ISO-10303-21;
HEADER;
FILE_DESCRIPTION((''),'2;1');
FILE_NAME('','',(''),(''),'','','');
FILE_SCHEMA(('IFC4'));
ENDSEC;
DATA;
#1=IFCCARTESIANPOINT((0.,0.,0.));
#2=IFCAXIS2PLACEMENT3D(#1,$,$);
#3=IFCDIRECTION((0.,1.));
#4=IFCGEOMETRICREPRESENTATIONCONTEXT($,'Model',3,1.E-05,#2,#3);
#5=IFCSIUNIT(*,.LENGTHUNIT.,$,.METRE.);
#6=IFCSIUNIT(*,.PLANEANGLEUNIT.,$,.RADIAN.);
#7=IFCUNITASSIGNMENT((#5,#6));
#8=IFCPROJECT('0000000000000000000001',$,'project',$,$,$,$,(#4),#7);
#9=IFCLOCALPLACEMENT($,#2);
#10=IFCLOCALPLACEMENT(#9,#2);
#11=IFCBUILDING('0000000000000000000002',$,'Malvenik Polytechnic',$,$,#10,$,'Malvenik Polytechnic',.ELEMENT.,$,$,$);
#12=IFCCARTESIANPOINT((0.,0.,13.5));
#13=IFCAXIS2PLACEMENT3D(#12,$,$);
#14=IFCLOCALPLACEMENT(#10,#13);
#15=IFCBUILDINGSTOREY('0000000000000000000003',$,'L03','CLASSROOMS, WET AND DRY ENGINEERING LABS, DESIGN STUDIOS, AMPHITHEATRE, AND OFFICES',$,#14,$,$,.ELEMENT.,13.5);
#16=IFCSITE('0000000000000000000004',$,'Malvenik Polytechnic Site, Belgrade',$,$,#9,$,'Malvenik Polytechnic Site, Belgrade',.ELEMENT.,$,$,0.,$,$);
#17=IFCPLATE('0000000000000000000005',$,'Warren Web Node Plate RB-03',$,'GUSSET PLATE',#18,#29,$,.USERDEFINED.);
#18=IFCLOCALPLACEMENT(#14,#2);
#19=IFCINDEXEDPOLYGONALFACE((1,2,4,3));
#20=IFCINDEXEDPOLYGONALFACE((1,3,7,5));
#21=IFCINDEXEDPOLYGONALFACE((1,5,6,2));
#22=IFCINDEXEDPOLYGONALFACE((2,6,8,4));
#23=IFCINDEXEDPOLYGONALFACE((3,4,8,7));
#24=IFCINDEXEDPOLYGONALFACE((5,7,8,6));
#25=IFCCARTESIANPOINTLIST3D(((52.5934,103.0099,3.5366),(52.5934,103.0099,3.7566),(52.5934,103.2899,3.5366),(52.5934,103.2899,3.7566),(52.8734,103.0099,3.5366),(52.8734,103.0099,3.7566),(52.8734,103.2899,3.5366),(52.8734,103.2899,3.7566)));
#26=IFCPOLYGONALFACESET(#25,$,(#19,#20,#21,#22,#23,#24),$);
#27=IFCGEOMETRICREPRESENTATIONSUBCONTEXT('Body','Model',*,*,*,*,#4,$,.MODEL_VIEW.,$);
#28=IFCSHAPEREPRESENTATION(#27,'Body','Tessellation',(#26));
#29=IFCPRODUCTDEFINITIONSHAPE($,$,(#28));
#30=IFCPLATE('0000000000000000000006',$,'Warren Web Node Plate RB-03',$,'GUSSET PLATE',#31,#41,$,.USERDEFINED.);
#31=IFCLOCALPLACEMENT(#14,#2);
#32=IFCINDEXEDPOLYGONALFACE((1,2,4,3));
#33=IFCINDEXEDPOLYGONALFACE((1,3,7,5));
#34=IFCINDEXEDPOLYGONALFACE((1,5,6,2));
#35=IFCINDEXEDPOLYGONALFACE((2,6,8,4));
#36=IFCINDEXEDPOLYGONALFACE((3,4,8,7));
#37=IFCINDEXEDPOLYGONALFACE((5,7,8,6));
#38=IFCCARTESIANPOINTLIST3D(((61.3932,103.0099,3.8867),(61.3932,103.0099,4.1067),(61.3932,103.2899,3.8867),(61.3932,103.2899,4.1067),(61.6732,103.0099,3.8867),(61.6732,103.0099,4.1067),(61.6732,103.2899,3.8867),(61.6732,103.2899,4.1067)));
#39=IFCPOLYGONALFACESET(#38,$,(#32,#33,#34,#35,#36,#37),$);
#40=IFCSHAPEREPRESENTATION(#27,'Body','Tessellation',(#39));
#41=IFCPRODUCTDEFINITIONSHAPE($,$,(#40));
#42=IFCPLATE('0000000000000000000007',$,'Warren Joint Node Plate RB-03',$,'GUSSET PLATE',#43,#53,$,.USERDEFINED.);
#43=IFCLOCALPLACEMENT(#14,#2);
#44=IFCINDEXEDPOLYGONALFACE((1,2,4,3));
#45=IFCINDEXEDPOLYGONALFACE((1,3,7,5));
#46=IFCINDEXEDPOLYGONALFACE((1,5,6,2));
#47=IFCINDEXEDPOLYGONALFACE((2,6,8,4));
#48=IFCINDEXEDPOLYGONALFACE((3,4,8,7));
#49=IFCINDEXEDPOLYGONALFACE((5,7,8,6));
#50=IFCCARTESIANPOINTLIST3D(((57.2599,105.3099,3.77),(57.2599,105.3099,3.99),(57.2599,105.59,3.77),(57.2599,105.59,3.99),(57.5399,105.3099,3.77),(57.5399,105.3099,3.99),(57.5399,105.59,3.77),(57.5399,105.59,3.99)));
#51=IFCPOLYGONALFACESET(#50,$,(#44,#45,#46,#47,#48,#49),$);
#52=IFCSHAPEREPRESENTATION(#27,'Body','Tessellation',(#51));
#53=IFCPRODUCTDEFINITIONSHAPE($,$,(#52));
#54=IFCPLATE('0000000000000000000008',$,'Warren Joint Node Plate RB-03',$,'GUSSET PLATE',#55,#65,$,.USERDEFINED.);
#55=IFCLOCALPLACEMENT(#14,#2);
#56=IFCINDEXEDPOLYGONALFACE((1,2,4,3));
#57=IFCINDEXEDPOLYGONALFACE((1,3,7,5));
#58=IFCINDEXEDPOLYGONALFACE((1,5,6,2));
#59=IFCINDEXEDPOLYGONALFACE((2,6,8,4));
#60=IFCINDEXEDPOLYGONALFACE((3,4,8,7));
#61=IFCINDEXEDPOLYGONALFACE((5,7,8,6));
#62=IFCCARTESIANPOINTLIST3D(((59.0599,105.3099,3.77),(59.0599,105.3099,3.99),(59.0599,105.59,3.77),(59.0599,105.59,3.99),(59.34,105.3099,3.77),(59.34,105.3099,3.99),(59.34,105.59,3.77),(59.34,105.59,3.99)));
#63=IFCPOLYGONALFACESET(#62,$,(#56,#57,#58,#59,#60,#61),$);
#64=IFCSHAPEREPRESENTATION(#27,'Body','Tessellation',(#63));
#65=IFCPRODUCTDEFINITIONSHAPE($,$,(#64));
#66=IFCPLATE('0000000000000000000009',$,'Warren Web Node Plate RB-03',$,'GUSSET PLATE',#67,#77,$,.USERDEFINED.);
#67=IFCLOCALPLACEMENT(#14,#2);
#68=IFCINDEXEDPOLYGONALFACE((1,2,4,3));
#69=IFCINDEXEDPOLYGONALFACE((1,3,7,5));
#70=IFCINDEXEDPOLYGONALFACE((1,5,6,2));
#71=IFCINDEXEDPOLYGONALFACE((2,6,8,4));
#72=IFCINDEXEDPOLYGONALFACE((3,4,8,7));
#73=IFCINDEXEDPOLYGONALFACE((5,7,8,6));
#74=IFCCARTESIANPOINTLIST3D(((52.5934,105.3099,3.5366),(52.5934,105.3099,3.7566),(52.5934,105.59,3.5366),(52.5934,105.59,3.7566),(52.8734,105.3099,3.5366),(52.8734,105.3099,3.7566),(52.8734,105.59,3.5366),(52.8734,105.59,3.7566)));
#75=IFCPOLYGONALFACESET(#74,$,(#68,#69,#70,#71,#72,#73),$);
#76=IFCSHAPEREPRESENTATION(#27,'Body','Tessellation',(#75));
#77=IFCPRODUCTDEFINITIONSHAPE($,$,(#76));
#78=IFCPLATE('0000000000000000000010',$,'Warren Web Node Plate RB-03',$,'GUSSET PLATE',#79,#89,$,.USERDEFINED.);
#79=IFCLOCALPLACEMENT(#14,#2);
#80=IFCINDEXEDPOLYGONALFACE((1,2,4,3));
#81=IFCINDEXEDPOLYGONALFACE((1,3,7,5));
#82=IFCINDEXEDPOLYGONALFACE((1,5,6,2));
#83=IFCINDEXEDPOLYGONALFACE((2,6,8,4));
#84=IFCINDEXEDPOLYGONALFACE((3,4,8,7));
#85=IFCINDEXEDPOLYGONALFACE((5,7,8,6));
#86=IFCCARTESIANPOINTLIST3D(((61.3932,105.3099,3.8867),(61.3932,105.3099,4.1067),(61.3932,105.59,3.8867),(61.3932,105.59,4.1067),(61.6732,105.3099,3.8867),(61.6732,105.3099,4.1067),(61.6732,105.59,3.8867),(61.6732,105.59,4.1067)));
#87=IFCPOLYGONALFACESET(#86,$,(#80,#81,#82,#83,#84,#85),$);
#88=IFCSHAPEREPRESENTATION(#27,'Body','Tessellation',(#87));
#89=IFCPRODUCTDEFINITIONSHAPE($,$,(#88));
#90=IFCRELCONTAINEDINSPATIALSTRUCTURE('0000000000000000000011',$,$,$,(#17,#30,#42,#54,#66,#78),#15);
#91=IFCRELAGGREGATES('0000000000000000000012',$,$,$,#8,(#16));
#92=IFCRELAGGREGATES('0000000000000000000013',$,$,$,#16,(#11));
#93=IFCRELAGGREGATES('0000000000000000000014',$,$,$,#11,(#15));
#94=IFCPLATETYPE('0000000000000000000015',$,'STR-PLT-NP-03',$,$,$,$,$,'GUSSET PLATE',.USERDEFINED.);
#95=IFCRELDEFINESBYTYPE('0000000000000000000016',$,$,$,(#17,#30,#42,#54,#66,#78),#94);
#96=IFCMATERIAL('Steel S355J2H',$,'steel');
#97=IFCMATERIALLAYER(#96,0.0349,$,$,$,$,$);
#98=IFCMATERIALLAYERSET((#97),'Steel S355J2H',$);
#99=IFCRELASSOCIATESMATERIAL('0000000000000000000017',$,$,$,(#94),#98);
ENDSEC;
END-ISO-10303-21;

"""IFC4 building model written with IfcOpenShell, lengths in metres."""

from ifc_helpers import new_model, si_unit, direction, frame, origin, origin_2d, place, context, subcontext, project, spatial, rectangle, extrude, material, layer, layer_set, type_object, element, save


model = new_model("IFC4")

# Units and contexts
model_context = context("Model", 3, precision=1e-05, world=origin(), true_north=direction((0.0, 1.0)))
body_context = subcontext(model_context, "Body", "Model", "MODEL_VIEW")
ifc_project = project(units=[si_unit("LENGTHUNIT", "METRE"), si_unit("PLANEANGLEUNIT", "RADIAN")], contexts=[model_context])

# Site, building, storey
site_placement = place(None, origin())
site = spatial("IfcSite", under=ifc_project, at=site_placement, Name="Malvenik Polytechnic Site, Belgrade", LongName="Malvenik Polytechnic Site, Belgrade", CompositionType="ELEMENT", RefElevation=0.0)
building_placement = place(site_placement, origin())
building = spatial("IfcBuilding", under=site, at=building_placement, Name="Malvenik Polytechnic", LongName="Malvenik Polytechnic", CompositionType="ELEMENT")
storey_placement = place(building_placement, frame((0.0, 0.0, 13.5)))
storey = spatial("IfcBuildingStorey", under=building, at=storey_placement, Name="L03", Description="CLASSROOMS, WET AND DRY ENGINEERING LABS, DESIGN STUDIOS, AMPHITHEATRE, AND OFFICES", CompositionType="ELEMENT", Elevation=13.5)

# Shared definitions
ifc_material_1 = material(Name="Steel S355J2H", Category="steel")

# Plates
ifc_layer = layer(ifc_material_1, 0.0349)
ifc_layer_set = layer_set([ifc_layer], Name="Steel S355J2H")
plate_type = type_object("IfcPlateType", Name="STR-PLT-NP-03", ElementType="GUSSET PLATE", PredefinedType="USERDEFINED", material=ifc_layer_set)
for number, where, z_axis, x_axis, name in (
    (1, (52.7334, 103.1499, 3.5366), (0.0, 0.0, 1.0), (1.0, 0.0, 0.0), "Warren Web Node Plate RB-03"),
    (2, (61.5332, 103.1499, 3.8867), (0.0, 0.0, 1.0), (1.0, 0.0, 0.0), "Warren Web Node Plate RB-03"),
    (3, (57.3999, 105.45, 3.77), (0.0, 0.0, 1.0), (1.0, 0.0, 0.0), "Warren Joint Node Plate RB-03"),
    (4, (59.2, 105.45, 3.77), (0.0, 0.0, 1.0), (1.0, 0.0, 0.0), "Warren Joint Node Plate RB-03"),
    (5, (52.7334, 105.45, 3.5366), (0.0, 0.0, 1.0), (1.0, 0.0, 0.0), "Warren Web Node Plate RB-03"),
    (6, (61.5332, 105.45, 3.8867), (0.0, 0.0, 1.0), (1.0, 0.0, 0.0), "Warren Web Node Plate RB-03"),
):
    element("IfcPlate", number, at=place(storey_placement, frame(where, z_axis=z_axis, x_axis=x_axis)), inside=storey, type_object=plate_type, Name=name, ObjectType="GUSSET PLATE", PredefinedType="USERDEFINED", context=body_context, shape_type="SweptSolid", body=[
        extrude(rectangle(XDim=0.28, YDim=0.28, at=origin_2d()), origin(), (0.0, 0.0, 1.0), 0.22),
    ])

save(model, "model.ifc")
